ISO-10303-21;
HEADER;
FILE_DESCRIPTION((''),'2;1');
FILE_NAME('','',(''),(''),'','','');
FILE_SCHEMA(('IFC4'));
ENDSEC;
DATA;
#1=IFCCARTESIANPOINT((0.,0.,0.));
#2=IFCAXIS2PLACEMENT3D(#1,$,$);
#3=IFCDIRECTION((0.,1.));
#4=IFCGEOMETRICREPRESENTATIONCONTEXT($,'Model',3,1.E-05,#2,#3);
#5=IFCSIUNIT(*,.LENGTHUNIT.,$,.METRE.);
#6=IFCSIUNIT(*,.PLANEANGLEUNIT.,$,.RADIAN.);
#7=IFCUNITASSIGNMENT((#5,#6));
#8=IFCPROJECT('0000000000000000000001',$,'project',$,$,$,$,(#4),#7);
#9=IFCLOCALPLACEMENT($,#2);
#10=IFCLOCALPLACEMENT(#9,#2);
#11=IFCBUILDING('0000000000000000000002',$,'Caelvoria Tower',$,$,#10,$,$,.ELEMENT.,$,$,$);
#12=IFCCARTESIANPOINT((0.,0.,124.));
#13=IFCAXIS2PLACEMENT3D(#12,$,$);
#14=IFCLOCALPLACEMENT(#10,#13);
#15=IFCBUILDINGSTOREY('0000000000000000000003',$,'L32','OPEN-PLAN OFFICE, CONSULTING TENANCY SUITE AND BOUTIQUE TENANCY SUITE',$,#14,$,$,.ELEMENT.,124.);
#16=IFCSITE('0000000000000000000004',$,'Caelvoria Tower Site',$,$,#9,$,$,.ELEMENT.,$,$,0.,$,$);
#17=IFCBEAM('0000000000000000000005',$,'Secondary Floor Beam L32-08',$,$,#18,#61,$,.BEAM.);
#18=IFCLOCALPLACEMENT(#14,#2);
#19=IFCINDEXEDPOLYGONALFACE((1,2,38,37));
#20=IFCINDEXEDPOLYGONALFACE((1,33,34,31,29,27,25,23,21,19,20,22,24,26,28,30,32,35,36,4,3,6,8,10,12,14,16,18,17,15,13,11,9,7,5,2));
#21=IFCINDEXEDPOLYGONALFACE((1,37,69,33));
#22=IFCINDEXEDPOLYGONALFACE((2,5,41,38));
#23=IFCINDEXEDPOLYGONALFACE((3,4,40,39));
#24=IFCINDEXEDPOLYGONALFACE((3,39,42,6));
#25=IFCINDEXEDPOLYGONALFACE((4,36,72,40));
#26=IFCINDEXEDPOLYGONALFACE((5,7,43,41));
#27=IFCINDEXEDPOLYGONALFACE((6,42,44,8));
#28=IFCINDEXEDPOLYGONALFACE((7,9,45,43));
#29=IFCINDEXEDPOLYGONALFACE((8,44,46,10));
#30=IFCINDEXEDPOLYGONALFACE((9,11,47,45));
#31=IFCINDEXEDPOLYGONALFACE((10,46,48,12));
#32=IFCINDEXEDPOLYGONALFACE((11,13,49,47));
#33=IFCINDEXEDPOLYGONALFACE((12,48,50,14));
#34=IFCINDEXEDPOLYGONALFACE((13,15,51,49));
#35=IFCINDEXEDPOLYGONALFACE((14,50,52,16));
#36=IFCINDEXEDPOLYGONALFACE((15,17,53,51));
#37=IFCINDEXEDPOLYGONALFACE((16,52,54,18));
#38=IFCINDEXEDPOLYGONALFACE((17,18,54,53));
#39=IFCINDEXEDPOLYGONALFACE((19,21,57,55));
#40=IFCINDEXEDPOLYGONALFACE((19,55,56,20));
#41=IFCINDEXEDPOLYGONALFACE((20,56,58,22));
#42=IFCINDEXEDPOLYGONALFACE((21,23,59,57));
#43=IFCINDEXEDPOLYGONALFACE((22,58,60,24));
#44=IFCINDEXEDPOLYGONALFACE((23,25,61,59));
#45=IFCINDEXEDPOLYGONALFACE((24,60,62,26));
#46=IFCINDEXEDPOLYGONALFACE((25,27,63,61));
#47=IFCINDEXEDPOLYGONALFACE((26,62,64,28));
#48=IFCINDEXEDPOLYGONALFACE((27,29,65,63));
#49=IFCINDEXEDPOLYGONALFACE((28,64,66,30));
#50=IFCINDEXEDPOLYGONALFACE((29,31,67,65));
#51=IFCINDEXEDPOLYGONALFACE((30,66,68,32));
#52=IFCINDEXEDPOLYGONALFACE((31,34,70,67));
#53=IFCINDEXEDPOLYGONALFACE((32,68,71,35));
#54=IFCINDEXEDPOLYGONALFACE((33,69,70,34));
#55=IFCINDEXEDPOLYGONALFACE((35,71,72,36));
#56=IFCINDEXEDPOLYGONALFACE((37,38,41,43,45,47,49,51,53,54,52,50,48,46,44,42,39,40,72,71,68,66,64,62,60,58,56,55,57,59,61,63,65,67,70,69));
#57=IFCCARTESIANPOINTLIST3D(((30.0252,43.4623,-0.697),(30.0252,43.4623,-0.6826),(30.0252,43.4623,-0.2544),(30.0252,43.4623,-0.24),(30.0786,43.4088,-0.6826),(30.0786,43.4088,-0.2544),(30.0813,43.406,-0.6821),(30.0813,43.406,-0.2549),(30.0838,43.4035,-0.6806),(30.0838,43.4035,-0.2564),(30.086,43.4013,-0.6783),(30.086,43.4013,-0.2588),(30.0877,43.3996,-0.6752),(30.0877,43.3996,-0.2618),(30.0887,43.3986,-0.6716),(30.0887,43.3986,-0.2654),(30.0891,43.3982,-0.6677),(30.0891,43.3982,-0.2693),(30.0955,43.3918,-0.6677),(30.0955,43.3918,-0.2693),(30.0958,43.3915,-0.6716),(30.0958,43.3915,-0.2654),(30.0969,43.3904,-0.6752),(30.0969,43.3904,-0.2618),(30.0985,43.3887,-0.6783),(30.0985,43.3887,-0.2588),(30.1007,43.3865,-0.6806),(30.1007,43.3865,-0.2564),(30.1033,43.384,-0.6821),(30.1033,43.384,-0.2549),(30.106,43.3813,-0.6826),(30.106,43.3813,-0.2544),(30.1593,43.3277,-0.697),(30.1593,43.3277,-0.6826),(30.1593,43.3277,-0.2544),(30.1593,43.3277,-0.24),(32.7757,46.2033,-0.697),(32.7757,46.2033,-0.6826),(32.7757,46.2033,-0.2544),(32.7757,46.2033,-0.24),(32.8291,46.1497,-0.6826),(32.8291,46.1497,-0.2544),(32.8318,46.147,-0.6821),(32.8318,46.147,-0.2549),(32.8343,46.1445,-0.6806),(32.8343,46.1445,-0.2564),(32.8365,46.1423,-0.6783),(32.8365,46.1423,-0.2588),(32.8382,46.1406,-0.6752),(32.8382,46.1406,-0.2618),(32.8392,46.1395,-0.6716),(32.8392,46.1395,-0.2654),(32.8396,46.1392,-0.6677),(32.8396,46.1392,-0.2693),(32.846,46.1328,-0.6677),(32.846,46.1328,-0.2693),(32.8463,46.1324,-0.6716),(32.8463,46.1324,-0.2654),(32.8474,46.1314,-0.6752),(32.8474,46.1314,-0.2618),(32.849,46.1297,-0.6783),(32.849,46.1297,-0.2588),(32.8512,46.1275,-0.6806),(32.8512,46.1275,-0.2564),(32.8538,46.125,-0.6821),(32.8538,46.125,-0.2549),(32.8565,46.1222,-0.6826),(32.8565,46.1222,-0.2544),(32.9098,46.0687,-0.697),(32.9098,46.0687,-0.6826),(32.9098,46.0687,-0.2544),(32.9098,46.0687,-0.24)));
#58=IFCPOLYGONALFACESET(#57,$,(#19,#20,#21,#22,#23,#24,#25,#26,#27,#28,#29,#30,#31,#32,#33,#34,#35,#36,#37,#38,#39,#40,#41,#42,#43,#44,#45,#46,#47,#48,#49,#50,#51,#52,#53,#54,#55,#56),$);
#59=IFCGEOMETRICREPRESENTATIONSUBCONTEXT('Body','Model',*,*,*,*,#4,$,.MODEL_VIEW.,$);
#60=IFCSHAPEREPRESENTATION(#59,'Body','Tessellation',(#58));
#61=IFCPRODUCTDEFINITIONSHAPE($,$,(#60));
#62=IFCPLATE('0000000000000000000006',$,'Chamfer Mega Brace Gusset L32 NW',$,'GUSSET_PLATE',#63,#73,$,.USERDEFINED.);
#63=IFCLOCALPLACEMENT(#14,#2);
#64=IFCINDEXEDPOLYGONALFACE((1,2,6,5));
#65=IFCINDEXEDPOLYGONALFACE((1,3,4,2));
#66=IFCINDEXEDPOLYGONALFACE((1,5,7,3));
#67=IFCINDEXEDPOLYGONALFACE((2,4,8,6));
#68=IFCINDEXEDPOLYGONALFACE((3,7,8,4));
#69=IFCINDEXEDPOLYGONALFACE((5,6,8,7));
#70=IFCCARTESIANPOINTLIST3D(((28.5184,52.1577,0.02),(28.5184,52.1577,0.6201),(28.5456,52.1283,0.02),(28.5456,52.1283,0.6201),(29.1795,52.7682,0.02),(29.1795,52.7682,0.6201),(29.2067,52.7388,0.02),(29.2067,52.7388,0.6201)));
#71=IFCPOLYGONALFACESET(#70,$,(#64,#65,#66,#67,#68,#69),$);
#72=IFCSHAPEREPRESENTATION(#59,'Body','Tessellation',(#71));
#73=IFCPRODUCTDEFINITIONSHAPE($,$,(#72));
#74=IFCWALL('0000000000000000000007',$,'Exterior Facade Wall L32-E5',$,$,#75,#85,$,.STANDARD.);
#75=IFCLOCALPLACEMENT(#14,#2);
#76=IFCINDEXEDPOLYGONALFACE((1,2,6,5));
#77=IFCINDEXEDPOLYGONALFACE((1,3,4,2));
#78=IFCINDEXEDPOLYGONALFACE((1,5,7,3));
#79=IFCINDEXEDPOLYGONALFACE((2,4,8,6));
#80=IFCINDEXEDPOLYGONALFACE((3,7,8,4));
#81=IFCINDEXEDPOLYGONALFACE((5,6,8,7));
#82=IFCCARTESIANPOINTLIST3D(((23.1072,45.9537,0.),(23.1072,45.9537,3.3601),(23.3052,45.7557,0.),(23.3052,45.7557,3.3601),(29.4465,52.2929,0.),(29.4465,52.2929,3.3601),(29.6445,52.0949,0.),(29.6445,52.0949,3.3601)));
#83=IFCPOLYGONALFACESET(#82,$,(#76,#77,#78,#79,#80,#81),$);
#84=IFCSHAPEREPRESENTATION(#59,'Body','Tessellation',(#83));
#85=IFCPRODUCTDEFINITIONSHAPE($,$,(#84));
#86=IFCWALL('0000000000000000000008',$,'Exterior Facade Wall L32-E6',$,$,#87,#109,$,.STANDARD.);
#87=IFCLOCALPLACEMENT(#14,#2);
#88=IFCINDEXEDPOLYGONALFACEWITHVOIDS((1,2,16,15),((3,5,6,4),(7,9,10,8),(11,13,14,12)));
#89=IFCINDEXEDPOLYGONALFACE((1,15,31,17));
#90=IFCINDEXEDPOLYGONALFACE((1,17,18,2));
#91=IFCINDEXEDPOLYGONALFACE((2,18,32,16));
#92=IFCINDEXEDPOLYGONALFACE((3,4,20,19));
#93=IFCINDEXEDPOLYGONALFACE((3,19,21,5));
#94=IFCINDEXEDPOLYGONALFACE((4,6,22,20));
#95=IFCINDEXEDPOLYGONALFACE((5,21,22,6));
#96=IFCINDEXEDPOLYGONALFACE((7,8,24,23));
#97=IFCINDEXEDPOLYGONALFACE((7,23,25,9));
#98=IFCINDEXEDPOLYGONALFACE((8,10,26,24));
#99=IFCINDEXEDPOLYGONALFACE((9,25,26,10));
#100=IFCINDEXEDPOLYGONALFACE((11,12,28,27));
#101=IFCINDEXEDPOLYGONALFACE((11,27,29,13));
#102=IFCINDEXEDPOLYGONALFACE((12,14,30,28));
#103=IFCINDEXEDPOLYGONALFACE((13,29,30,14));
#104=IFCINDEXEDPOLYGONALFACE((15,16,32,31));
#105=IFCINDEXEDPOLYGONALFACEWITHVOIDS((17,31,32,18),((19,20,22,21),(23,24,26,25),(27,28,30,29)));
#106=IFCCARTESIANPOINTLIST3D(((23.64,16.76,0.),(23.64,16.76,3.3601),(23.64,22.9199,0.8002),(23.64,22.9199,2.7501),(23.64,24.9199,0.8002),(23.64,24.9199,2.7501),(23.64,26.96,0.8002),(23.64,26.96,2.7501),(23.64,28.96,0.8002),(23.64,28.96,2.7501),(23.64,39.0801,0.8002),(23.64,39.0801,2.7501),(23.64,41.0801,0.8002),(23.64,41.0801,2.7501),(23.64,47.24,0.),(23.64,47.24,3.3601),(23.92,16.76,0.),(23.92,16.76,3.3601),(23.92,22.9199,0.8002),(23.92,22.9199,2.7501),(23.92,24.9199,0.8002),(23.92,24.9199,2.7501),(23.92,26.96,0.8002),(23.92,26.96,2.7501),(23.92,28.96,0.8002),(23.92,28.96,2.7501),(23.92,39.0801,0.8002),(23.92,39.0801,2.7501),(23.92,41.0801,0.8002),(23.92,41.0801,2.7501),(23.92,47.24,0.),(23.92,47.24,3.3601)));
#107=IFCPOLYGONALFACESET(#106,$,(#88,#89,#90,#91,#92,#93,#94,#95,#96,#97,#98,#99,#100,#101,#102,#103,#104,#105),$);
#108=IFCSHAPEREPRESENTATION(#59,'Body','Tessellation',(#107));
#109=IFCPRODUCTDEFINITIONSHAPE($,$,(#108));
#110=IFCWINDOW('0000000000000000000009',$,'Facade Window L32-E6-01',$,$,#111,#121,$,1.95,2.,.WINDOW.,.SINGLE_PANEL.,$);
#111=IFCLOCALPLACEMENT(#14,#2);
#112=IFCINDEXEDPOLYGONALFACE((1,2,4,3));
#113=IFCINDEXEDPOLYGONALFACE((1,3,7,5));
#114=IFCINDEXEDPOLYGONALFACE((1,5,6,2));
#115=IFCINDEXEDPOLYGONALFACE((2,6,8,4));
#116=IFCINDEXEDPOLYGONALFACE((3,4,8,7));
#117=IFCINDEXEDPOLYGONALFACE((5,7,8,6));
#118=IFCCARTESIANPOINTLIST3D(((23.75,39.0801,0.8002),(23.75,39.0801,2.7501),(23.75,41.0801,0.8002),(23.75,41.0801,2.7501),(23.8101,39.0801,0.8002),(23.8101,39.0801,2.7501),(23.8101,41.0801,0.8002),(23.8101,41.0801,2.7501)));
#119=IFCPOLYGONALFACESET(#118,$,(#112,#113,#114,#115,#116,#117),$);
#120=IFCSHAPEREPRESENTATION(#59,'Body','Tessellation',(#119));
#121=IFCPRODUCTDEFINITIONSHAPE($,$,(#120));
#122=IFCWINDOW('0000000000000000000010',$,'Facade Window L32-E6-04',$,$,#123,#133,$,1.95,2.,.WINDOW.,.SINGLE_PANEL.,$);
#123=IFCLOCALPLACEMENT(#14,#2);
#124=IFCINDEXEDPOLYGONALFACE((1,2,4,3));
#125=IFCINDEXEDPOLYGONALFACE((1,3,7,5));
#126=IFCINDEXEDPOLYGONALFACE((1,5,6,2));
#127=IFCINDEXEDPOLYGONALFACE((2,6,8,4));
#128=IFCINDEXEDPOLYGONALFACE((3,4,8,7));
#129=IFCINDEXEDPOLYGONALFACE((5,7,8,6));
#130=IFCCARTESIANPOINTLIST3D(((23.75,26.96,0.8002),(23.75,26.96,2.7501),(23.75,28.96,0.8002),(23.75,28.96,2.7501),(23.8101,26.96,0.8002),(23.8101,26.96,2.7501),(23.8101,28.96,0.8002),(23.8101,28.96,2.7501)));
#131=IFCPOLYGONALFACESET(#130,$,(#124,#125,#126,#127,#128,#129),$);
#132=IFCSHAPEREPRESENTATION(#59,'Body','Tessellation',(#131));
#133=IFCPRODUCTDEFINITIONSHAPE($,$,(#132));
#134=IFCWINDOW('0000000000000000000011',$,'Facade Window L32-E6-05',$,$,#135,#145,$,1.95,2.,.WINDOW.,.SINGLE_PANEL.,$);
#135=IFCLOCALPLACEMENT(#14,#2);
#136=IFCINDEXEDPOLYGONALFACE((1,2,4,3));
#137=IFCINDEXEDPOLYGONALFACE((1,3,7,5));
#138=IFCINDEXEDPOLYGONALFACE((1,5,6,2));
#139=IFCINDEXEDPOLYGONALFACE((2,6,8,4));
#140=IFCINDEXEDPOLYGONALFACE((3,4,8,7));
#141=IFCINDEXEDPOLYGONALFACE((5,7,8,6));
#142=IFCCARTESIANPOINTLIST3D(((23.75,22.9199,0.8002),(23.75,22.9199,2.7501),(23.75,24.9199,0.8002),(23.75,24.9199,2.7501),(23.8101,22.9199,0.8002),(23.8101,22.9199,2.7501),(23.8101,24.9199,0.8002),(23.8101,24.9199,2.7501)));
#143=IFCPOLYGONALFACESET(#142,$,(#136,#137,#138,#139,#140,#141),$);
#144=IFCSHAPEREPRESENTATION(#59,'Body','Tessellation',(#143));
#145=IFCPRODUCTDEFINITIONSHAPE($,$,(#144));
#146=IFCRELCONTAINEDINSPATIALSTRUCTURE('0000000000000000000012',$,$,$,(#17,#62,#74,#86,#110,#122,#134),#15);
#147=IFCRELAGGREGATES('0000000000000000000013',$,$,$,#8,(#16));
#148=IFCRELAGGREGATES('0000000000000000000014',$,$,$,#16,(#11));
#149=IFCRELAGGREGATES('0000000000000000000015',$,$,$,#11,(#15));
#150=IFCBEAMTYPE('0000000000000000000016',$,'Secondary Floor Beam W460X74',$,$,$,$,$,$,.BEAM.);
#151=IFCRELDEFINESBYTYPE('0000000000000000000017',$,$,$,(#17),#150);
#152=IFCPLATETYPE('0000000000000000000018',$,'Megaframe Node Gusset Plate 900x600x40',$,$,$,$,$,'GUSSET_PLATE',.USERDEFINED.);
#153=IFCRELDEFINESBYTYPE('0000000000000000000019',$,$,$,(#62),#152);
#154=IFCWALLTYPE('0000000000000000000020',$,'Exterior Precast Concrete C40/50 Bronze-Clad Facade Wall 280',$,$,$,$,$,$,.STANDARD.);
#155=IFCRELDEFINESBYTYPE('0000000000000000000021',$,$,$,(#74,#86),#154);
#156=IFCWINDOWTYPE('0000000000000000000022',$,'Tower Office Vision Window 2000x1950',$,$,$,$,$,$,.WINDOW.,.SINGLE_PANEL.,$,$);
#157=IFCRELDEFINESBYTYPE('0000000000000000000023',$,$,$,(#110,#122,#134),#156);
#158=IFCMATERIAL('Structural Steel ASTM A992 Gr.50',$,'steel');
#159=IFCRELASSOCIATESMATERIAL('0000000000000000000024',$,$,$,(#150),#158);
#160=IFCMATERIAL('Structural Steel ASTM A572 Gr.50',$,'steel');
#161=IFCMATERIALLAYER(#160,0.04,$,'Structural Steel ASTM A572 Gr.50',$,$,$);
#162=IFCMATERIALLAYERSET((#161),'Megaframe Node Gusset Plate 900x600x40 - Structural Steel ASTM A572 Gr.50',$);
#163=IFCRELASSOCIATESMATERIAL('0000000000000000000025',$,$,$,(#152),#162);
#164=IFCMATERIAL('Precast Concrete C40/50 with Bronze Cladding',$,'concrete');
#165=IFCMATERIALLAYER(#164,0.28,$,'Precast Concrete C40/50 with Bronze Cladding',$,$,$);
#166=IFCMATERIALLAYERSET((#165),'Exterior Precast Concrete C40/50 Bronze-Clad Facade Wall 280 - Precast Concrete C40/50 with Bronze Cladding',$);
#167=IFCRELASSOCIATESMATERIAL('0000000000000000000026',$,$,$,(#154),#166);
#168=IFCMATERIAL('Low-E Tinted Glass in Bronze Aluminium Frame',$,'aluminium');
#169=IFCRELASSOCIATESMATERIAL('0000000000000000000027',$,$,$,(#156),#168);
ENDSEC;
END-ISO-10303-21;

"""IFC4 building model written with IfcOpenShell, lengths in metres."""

from ifc_helpers import new_model, si_unit, direction, frame, frame_2d, origin, origin_2d, place, context, subcontext, project, spatial, rectangle, i_section, extrude, material, layer, layer_set, material_profile, profile_set, type_object, element, fill, save


model = new_model("IFC4")

# Units and contexts
model_context = context("Model", 3, precision=1e-05, world=origin(), true_north=direction((0.0, 1.0)))
body_context = subcontext(model_context, "Body", "Model", "MODEL_VIEW")
ifc_project = project(units=[si_unit("LENGTHUNIT", "METRE"), si_unit("PLANEANGLEUNIT", "RADIAN")], contexts=[model_context])

# Site, building, storey
site_placement = place(None, origin())
site = spatial("IfcSite", under=ifc_project, at=site_placement, Name="Caelvoria Tower Site", CompositionType="ELEMENT", RefElevation=0.0)
building_placement = place(site_placement, origin())
building = spatial("IfcBuilding", under=site, at=building_placement, Name="Caelvoria Tower", CompositionType="ELEMENT")
storey_placement = place(building_placement, frame((0.0, 0.0, 124.0)))
storey = spatial("IfcBuildingStorey", under=building, at=storey_placement, Name="L32", Description="OPEN-PLAN OFFICE, CONSULTING TENANCY SUITE AND BOUTIQUE TENANCY SUITE", CompositionType="ELEMENT", Elevation=124.0)

# Shared definitions
ifc_material_1 = material(Name="Structural Steel ASTM A572 Gr.50", Category="steel")

# Beam
ifc_material_2 = material(Name="Structural Steel ASTM A992 Gr.50", Category="steel")
ifc_material_profile_1 = material_profile(ifc_material_2, i_section(OverallWidth=0.1899, OverallDepth=0.457, WebThickness=0.009, FlangeThickness=0.0144, FilletRadius=0.0149, at=origin_2d()), Name="Structural Steel ASTM A992 Gr.50")
ifc_profile_set_1 = profile_set([ifc_material_profile_1], Name="W460X74 - Structural Steel ASTM A992 Gr.50")
beam_type_1 = type_object("IfcBeamType", Name="Secondary Floor Beam W460X74", PredefinedType="BEAM", material=ifc_profile_set_1)
beam_1_placement = place(storey_placement, frame((32.8428, 46.136, -0.4685), z_axis=(-0.708332, -0.70588, 0.0), x_axis=(0.70588, -0.708332, 0.0)))
element("IfcBeam", 1, at=beam_1_placement, inside=storey, type_object=beam_type_1, Name="Secondary Floor Beam L32-08", PredefinedType="BEAM", context=body_context, shape_type="SweptSolid", body=[
    extrude(i_section(OverallWidth=0.1899, OverallDepth=0.457, WebThickness=0.009, FlangeThickness=0.0144, FilletRadius=0.0149, at=origin_2d()), origin(), (0.0, 0.0, 1.0), 3.8831),
])

# Plate
ifc_layer_1 = layer(ifc_material_1, 0.04, Name="Structural Steel ASTM A572 Gr.50")
ifc_layer_set_1 = layer_set([ifc_layer_1], Name="Megaframe Node Gusset Plate 900x600x40 - Structural Steel ASTM A572 Gr.50")
plate_type = type_object("IfcPlateType", Name="Megaframe Node Gusset Plate 900x600x40", ElementType="GUSSET_PLATE", PredefinedType="USERDEFINED", material=ifc_layer_set_1)
plate_placement = place(storey_placement, frame((28.8625, 52.4482, 0.02), z_axis=(0.0, 0.0, 1.0), x_axis=(-0.734642, -0.678455, 0.0)))
element("IfcPlate", 2, at=plate_placement, inside=storey, type_object=plate_type, Name="Chamfer Mega Brace Gusset L32 NW", ObjectType="GUSSET_PLATE", PredefinedType="USERDEFINED", context=body_context, shape_type="SweptSolid", body=[
    extrude(rectangle(XDim=0.8999, YDim=0.04, at=origin_2d()), origin(), (0.0, 0.0, 1.0), 0.6001),
])

# Wall
ifc_material_3 = material(Name="Precast Concrete C40/50 with Bronze Cladding", Category="concrete")
ifc_layer_2 = layer(ifc_material_3, 0.28, Name="Precast Concrete C40/50 with Bronze Cladding")
ifc_layer_set_2 = layer_set([ifc_layer_2], Name="Exterior Precast Concrete C40/50 Bronze-Clad Facade Wall 280 - Precast Concrete C40/50 with Bronze Cladding")
wall_type_1 = type_object("IfcWallType", Name="Exterior Precast Concrete C40/50 Bronze-Clad Facade Wall 280", PredefinedType="STANDARD", material=ifc_layer_set_2)
wall_1_placement = place(storey_placement, frame((29.5454, 52.1938, 0.0), z_axis=(0.0, 0.0, 1.0), x_axis=(-0.707107, -0.707107, 0.0)))
element("IfcWall", 3, at=wall_1_placement, inside=storey, type_object=wall_type_1, Name="Exterior Facade Wall L32-E5", PredefinedType="STANDARD", context=body_context, shape_type="SweptSolid", body=[
    extrude(rectangle(XDim=8.9651, YDim=0.28, at=frame_2d((4.4824, 0.0))), origin(), (0.0, 0.0, 1.0), 3.3601),
])

# Wall, openings, windows
wall_2_placement = place(storey_placement, frame((23.78, 47.24, 0.0), z_axis=(0.0, 0.0, 1.0), x_axis=(0.0, -1.0, 0.0)))
wall_2 = element("IfcWall", 4, at=wall_2_placement, inside=storey, type_object=wall_type_1, Name="Exterior Facade Wall L32-E6", PredefinedType="STANDARD", context=body_context, shape_type="SweptSolid", body=[
    extrude(rectangle(XDim=30.48, YDim=0.28, at=frame_2d((15.24, 0.0))), origin(), (0.0, 0.0, 1.0), 3.3601),
])
opening_1_placement = place(wall_2_placement, frame((6.1599, 0.0, 0.8)))
opening_1 = element("IfcOpeningElement", 5, at=opening_1_placement, cuts=wall_2, PredefinedType="OPENING", context=body_context, shape_type="SweptSolid", body=[
    extrude(rectangle(XDim=2.0, YDim=1.95, at=frame_2d((1.0, 0.9751))), frame((0.0, 0.1499, 0.0), z_axis=(0.0, -1.0, 0.0), x_axis=(1.0, 0.0, 0.0)), (0.0, 0.0, 1.0), 0.3),
])
opening_2_placement = place(wall_2_placement, frame((18.28, 0.0, 0.8)))
opening_2 = element("IfcOpeningElement", 6, at=opening_2_placement, cuts=wall_2, PredefinedType="OPENING", context=body_context, shape_type="SweptSolid", body=[
    extrude(rectangle(XDim=2.0, YDim=1.95, at=frame_2d((1.0, 0.9751))), frame((0.0, 0.1499, 0.0), z_axis=(0.0, -1.0, 0.0), x_axis=(1.0, 0.0, 0.0)), (0.0, 0.0, 1.0), 0.3),
])
opening_3_placement = place(wall_2_placement, frame((22.3201, 0.0, 0.8)))
opening_3 = element("IfcOpeningElement", 7, at=opening_3_placement, cuts=wall_2, PredefinedType="OPENING", context=body_context, shape_type="SweptSolid", body=[
    extrude(rectangle(XDim=2.0, YDim=1.95, at=frame_2d((1.0, 0.9751))), frame((0.0, 0.1499, 0.0), z_axis=(0.0, -1.0, 0.0), x_axis=(1.0, 0.0, 0.0)), (0.0, 0.0, 1.0), 0.3),
])
ifc_material_4 = material(Name="Low-E Tinted Glass in Bronze Aluminium Frame", Category="aluminium")
window_type = type_object("IfcWindowType", Name="Tower Office Vision Window 2000x1950", PartitioningType="SINGLE_PANEL", PredefinedType="WINDOW", material=ifc_material_4)
window_1_placement = place(opening_1_placement, origin())
window_1 = element("IfcWindow", 8, at=window_1_placement, inside=storey, type_object=window_type, Name="Facade Window L32-E6-01", OverallHeight=1.95, OverallWidth=2.0, PartitioningType="SINGLE_PANEL", PredefinedType="WINDOW", context=body_context, shape_type="SweptSolid", body=[
    extrude(rectangle(XDim=2.0, YDim=1.95, at=frame_2d((1.0, 0.9751))), frame((0.0, 0.03, 0.0), z_axis=(0.0, -1.0, 0.0), x_axis=(1.0, 0.0, 0.0)), (0.0, 0.0, 1.0), 0.0601),
])
fill(opening_1, window_1)
window_2_placement = place(opening_2_placement, origin())
window_2 = element("IfcWindow", 9, at=window_2_placement, inside=storey, type_object=window_type, Name="Facade Window L32-E6-04", OverallHeight=1.95, OverallWidth=2.0, PartitioningType="SINGLE_PANEL", PredefinedType="WINDOW", context=body_context, shape_type="SweptSolid", body=[
    extrude(rectangle(XDim=2.0, YDim=1.95, at=frame_2d((1.0, 0.9751))), frame((0.0, 0.03, 0.0), z_axis=(0.0, -1.0, 0.0), x_axis=(1.0, 0.0, 0.0)), (0.0, 0.0, 1.0), 0.0601),
])
fill(opening_2, window_2)
window_3_placement = place(opening_3_placement, origin())
window_3 = element("IfcWindow", 10, at=window_3_placement, inside=storey, type_object=window_type, Name="Facade Window L32-E6-05", OverallHeight=1.95, OverallWidth=2.0, PartitioningType="SINGLE_PANEL", PredefinedType="WINDOW", context=body_context, shape_type="SweptSolid", body=[
    extrude(rectangle(XDim=2.0, YDim=1.95, at=frame_2d((1.0, 0.9751))), frame((0.0, 0.03, 0.0), z_axis=(0.0, -1.0, 0.0), x_axis=(1.0, 0.0, 0.0)), (0.0, 0.0, 1.0), 0.0601),
])
fill(opening_3, window_3)

save(model, "model.ifc")
